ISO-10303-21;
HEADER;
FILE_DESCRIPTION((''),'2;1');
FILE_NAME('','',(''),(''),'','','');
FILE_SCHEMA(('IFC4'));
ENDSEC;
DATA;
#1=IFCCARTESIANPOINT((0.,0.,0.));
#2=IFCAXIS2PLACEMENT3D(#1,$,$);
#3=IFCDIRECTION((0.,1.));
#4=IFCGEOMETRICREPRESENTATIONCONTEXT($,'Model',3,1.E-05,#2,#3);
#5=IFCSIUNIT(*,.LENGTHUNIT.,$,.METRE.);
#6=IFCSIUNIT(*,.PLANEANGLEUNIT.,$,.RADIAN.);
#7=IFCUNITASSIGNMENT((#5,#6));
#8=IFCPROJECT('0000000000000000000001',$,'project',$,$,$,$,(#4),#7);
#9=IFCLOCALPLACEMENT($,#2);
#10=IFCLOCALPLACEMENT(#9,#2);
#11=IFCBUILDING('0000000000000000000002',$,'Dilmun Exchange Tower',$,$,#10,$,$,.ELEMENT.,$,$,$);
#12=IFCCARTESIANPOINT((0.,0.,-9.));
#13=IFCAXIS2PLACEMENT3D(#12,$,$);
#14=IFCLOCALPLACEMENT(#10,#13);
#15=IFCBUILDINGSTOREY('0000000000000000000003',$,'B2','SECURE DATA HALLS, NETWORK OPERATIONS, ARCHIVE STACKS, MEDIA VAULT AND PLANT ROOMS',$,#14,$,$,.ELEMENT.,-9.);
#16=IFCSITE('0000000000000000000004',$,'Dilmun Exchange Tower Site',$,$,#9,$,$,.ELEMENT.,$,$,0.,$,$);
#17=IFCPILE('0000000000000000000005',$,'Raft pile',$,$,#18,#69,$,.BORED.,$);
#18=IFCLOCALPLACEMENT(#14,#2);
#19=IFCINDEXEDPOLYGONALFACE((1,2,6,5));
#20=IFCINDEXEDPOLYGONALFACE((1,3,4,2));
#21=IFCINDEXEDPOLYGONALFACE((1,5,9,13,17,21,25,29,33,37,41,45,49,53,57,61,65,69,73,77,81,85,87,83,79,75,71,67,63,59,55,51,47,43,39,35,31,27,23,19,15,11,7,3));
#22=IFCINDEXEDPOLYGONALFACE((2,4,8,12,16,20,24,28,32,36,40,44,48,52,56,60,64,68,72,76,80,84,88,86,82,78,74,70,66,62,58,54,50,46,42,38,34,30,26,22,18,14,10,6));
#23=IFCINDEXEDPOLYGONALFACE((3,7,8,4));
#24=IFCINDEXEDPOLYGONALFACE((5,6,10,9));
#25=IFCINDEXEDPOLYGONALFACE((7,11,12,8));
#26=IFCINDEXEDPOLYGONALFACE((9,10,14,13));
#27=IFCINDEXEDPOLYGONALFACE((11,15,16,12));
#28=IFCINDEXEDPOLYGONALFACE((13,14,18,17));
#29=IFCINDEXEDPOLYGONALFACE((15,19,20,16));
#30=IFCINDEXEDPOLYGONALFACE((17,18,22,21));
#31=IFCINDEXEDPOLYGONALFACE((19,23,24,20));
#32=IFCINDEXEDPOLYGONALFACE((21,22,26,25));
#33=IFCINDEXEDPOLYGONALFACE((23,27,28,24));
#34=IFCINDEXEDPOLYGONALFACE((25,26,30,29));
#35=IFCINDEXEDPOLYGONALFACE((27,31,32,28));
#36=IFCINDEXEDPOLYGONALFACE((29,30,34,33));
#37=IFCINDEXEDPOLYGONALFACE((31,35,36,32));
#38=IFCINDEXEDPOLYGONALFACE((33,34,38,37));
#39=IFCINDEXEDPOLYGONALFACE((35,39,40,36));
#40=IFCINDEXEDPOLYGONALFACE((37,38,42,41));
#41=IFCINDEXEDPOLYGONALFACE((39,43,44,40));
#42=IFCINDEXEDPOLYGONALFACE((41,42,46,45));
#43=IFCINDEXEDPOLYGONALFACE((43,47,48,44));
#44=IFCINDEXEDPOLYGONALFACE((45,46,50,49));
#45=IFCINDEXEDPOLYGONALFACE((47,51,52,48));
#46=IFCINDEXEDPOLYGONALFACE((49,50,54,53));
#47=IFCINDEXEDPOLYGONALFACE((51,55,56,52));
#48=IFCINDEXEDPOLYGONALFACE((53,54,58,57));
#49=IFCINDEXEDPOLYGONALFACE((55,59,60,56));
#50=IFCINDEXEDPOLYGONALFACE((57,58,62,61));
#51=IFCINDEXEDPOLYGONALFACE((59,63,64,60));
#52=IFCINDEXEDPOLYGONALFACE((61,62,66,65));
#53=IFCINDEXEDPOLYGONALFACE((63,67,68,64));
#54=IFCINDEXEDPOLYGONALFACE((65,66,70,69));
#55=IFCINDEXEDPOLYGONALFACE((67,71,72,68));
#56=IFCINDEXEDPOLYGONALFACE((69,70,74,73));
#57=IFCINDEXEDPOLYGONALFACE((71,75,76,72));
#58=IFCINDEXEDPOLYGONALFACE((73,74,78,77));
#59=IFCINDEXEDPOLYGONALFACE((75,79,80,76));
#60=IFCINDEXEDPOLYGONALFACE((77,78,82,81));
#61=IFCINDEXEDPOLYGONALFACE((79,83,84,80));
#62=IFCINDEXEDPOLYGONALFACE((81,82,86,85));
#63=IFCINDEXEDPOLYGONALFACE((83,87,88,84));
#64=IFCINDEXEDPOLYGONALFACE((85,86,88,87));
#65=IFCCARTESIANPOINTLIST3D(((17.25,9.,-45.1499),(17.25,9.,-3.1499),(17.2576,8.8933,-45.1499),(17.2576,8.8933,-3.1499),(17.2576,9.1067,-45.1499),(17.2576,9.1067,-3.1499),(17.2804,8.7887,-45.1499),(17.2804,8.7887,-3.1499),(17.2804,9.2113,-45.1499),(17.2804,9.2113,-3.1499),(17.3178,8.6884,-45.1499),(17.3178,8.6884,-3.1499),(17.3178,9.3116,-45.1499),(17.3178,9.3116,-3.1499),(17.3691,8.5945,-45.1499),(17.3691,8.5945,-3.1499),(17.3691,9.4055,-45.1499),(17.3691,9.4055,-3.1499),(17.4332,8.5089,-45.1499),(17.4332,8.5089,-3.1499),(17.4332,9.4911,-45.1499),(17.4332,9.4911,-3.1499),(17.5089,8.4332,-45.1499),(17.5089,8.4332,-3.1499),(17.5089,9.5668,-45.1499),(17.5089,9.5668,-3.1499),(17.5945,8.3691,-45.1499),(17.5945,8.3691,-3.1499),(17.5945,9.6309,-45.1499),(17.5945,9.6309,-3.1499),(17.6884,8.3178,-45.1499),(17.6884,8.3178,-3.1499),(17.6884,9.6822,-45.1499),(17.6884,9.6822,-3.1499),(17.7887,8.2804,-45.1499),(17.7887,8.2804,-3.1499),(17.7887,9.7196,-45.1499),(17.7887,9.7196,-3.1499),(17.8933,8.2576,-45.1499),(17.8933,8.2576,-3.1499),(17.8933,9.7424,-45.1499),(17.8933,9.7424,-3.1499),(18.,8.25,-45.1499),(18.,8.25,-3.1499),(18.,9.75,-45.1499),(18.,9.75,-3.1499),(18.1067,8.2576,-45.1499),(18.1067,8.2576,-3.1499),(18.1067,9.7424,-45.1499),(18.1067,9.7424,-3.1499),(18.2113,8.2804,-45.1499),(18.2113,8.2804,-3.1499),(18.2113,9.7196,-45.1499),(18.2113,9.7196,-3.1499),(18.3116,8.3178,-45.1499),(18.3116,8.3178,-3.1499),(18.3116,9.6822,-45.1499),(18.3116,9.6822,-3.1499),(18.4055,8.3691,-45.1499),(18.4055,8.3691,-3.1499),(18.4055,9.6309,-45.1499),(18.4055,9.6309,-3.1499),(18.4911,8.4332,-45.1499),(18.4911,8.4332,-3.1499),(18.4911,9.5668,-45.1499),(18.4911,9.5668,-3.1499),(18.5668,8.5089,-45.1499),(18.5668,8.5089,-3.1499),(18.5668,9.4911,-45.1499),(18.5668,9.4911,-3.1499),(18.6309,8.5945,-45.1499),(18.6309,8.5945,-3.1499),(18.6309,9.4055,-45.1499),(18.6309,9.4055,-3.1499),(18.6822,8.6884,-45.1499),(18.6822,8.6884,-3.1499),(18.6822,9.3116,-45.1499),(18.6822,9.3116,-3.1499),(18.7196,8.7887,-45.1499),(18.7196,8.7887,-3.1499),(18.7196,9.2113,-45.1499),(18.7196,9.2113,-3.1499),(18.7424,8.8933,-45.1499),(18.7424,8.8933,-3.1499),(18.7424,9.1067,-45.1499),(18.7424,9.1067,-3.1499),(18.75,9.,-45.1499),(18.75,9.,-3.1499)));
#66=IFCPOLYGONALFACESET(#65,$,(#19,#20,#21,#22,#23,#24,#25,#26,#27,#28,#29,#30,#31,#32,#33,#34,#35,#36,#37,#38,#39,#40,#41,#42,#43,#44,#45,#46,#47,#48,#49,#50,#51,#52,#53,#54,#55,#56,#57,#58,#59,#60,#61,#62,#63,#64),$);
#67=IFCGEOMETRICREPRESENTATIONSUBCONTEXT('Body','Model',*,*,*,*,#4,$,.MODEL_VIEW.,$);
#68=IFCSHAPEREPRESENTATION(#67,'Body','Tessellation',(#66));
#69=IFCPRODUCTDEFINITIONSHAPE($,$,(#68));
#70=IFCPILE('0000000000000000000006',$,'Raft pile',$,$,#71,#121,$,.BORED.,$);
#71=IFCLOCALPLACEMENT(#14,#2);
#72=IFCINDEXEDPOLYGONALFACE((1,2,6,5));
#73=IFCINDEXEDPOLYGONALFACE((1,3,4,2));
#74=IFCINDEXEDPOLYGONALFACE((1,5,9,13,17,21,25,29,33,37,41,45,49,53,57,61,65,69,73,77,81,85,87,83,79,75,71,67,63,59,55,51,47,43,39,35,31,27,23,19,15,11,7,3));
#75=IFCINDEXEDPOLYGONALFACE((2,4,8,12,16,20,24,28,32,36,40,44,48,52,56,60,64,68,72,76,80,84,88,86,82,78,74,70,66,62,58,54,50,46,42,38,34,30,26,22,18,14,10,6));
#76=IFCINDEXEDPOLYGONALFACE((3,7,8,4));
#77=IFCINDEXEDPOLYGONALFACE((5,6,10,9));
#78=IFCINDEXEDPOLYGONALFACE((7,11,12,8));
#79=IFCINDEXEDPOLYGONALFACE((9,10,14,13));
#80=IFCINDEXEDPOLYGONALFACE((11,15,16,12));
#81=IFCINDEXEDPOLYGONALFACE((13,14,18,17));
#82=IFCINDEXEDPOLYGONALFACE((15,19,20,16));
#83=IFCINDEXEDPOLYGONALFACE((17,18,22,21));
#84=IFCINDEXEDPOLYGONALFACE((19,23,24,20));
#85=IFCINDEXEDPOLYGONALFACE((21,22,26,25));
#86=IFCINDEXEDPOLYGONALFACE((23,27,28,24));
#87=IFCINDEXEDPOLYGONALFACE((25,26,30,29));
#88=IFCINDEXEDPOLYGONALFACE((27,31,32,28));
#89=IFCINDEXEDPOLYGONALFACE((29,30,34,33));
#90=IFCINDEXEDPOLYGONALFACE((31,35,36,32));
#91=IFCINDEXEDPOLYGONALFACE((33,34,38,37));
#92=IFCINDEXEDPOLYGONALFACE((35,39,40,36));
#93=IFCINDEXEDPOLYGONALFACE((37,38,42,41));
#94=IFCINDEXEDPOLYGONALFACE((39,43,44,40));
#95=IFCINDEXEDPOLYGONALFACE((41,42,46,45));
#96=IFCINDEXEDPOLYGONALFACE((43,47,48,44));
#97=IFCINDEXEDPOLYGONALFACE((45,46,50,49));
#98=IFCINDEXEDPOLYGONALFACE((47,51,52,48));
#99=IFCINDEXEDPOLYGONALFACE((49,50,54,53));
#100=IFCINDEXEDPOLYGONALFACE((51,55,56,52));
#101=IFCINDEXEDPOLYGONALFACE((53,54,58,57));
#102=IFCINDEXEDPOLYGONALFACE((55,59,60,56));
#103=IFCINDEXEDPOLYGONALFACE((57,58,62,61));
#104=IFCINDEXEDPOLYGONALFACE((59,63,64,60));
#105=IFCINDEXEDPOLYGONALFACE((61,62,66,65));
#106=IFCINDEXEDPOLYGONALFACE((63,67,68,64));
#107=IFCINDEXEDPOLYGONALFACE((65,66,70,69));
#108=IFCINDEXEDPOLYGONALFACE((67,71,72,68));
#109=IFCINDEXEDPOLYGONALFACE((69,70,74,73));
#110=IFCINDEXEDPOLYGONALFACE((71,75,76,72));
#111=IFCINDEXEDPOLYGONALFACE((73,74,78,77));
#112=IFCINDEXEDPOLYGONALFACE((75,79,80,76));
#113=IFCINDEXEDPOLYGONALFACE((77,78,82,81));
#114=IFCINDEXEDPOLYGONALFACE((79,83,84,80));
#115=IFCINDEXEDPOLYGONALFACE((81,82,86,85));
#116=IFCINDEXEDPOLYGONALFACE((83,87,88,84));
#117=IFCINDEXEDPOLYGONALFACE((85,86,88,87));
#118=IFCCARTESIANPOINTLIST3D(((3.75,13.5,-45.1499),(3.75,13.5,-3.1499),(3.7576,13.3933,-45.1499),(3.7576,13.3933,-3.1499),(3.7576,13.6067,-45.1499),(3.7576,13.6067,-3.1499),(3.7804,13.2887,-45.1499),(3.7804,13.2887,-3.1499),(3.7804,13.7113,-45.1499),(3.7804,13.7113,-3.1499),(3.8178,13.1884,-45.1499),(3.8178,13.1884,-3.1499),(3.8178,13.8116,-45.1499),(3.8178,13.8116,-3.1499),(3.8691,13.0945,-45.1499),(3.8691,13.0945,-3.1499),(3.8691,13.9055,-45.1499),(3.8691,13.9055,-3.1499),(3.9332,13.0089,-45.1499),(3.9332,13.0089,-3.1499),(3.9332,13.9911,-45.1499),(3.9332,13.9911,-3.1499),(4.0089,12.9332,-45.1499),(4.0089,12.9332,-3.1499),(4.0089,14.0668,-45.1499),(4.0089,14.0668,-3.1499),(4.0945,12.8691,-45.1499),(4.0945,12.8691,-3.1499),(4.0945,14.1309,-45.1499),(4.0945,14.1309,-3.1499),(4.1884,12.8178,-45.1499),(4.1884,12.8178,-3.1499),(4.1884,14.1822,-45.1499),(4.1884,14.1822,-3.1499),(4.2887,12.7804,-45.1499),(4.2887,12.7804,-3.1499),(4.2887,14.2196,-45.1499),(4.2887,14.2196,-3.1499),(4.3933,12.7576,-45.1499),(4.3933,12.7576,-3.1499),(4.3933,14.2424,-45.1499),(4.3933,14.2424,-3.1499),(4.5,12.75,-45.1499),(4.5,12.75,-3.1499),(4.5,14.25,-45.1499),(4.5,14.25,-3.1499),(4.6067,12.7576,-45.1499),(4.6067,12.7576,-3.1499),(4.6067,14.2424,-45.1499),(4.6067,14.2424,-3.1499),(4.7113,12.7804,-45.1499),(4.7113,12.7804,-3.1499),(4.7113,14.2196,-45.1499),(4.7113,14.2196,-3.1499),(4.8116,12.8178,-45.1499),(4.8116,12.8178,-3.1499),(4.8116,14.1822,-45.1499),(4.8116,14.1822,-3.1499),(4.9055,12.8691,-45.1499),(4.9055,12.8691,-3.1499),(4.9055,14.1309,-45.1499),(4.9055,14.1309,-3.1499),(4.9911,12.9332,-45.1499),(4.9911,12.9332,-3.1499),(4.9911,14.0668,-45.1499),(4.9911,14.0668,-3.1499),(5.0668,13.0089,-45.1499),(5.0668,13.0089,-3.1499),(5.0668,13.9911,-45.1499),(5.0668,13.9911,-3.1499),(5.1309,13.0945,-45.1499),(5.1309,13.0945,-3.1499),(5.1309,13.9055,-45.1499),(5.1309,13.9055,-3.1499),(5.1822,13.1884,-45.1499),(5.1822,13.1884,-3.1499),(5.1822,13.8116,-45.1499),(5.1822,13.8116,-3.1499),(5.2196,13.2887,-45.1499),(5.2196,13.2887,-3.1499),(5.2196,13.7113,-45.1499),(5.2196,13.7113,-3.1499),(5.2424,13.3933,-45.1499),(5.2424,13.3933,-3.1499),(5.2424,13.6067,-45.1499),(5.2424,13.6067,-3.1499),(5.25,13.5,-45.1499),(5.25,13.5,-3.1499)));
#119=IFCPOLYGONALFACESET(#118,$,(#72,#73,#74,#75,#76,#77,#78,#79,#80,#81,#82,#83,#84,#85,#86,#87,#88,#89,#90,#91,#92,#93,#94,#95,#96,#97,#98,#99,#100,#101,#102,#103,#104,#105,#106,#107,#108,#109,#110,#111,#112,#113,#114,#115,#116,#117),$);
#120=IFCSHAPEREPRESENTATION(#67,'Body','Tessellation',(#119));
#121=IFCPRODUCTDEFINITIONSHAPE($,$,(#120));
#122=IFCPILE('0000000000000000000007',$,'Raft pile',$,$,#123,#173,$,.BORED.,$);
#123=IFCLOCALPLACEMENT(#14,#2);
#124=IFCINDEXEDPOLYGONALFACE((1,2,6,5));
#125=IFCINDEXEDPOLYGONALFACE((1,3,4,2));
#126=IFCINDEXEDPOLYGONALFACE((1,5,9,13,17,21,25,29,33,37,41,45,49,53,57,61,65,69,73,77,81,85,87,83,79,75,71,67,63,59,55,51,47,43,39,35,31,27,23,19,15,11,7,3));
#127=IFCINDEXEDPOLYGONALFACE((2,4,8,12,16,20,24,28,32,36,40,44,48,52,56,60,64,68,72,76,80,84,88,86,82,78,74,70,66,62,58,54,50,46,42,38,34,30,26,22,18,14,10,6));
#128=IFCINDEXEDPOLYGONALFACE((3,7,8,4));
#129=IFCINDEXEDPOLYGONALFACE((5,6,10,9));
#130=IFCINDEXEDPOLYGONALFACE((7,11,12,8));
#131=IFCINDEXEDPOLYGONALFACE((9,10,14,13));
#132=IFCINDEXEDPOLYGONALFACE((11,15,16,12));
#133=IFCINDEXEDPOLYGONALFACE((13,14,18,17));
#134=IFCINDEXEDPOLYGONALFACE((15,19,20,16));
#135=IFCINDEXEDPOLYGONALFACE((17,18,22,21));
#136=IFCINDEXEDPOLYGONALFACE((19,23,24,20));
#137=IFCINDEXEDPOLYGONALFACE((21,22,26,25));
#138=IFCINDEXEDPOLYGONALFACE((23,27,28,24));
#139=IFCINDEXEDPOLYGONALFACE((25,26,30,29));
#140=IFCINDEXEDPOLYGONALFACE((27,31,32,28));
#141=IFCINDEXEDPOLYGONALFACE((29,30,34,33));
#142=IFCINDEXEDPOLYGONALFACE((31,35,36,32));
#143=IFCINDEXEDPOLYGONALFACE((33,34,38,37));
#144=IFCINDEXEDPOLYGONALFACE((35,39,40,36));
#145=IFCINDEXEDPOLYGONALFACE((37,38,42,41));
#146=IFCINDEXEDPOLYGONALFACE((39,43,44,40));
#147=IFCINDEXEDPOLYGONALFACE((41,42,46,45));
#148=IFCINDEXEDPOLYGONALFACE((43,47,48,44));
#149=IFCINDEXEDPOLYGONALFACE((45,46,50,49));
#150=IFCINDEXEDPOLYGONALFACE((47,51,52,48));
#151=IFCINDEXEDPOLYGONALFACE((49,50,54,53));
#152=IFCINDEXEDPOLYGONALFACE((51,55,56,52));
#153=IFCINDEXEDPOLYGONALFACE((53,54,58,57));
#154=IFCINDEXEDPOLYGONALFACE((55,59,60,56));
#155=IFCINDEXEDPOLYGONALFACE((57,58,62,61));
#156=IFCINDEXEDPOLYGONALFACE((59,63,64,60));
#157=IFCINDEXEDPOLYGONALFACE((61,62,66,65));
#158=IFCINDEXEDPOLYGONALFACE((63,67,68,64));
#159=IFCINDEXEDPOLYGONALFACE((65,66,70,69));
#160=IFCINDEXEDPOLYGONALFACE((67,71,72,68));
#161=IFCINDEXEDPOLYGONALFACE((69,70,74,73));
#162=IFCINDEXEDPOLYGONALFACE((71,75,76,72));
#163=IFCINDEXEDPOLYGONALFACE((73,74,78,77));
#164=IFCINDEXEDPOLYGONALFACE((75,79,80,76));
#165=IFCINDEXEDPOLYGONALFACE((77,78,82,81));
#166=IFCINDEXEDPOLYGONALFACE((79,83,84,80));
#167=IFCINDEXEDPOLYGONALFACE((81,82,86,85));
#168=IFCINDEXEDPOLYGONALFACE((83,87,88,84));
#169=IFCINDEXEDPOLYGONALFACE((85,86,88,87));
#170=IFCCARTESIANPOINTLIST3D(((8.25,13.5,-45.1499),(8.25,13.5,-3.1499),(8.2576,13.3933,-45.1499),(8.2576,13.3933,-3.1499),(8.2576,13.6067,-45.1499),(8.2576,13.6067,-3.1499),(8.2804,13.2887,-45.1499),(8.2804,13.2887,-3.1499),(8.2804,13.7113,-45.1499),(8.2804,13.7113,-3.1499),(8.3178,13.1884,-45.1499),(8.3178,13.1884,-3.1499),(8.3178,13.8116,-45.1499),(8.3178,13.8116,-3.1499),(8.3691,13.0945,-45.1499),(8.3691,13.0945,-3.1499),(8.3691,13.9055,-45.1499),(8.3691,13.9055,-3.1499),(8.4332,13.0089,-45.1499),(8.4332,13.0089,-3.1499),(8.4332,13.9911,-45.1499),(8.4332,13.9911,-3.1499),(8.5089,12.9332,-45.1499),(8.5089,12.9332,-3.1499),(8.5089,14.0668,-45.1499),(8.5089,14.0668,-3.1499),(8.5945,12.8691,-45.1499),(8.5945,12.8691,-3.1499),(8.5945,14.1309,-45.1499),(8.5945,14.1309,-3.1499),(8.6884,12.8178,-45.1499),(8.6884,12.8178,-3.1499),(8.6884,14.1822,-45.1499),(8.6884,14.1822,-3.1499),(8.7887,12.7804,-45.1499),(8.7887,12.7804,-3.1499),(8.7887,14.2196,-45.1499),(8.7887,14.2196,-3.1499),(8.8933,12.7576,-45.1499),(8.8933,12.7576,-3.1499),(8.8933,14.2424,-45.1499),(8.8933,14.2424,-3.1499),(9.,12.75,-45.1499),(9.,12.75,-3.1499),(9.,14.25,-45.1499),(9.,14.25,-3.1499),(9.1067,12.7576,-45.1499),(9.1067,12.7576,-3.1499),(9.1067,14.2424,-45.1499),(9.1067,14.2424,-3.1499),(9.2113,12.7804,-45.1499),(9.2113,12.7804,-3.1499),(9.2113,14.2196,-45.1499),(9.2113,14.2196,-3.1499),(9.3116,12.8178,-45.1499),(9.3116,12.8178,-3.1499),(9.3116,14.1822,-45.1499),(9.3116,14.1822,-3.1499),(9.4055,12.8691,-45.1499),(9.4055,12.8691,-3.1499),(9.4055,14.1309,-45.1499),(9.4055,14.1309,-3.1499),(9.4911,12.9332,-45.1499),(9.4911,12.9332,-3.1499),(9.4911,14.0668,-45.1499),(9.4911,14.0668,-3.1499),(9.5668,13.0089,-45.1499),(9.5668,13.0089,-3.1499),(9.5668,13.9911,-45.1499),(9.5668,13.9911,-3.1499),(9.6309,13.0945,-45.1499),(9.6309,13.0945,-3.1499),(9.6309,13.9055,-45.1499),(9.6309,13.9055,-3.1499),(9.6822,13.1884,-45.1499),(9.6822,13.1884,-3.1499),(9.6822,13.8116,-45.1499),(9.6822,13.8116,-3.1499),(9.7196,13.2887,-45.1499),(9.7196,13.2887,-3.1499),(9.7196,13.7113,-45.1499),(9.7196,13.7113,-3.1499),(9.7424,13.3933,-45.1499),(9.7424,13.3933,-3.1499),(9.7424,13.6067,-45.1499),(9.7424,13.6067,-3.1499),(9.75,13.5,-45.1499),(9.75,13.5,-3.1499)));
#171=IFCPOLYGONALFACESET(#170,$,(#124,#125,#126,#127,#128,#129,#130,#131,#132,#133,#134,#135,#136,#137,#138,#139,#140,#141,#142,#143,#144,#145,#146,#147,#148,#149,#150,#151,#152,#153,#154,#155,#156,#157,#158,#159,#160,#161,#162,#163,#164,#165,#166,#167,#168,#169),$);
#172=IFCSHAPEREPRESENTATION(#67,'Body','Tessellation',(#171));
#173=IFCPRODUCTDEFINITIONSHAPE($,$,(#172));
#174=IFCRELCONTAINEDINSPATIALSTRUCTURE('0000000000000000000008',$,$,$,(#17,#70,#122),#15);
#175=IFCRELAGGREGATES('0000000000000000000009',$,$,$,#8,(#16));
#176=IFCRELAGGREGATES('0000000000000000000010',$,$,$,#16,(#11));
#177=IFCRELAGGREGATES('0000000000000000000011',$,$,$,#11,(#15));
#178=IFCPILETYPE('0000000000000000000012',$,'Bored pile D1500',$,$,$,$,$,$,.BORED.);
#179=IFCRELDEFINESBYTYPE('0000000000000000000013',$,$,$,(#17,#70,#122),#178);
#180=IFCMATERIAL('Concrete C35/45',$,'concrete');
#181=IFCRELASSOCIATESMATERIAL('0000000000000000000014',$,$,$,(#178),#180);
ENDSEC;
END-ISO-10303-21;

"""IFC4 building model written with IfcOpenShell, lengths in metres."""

from ifc_helpers import new_model, si_unit, direction, frame, origin, origin_2d, place, context, subcontext, project, spatial, circle, extrude, material, material_profile, profile_set, type_object, element, save


model = new_model("IFC4")

# Units and contexts
model_context = context("Model", 3, precision=1e-05, world=origin(), true_north=direction((0.0, 1.0)))
body_context = subcontext(model_context, "Body", "Model", "MODEL_VIEW")
ifc_project = project(units=[si_unit("LENGTHUNIT", "METRE"), si_unit("PLANEANGLEUNIT", "RADIAN")], contexts=[model_context])

# Site, building, storey
site_placement = place(None, origin())
site = spatial("IfcSite", under=ifc_project, at=site_placement, Name="Dilmun Exchange Tower Site", CompositionType="ELEMENT", RefElevation=0.0)
building_placement = place(site_placement, origin())
building = spatial("IfcBuilding", under=site, at=building_placement, Name="Dilmun Exchange Tower", CompositionType="ELEMENT")
storey_placement = place(building_placement, frame((0.0, 0.0, -9.0)))
storey = spatial("IfcBuildingStorey", under=building, at=storey_placement, Name="B2", Description="SECURE DATA HALLS, NETWORK OPERATIONS, ARCHIVE STACKS, MEDIA VAULT AND PLANT ROOMS", CompositionType="ELEMENT", Elevation=-9.0)

# Piles
ifc_material_1 = material(Name="Concrete C35/45", Category="concrete")
ifc_material_profile_1 = material_profile(ifc_material_1, circle(Radius=0.75, at=origin_2d()), Name="D1500")
ifc_profile_set_1 = profile_set([ifc_material_profile_1], Name="Concrete C35/45")
pile_type = type_object("IfcPileType", Name="Bored pile D1500", PredefinedType="BORED", material=ifc_profile_set_1)
for number, where, z_axis, x_axis, name in (
    (1, (18.0, 9.0, -3.1499), (0.0, 0.0, -1.0), (1.0, 0.0, 0.0), "Raft pile"),
    (2, (4.5, 13.5, -3.1499), (0.0, 0.0, -1.0), (1.0, 0.0, 0.0), "Raft pile"),
    (3, (9.0, 13.5, -3.1499), (0.0, 0.0, -1.0), (1.0, 0.0, 0.0), "Raft pile"),
):
    element("IfcPile", number, at=place(storey_placement, frame(where, z_axis=z_axis, x_axis=x_axis)), inside=storey, type_object=pile_type, Name=name, PredefinedType="BORED", context=body_context, shape_type="SweptSolid", body=[
        extrude(circle(Radius=0.75, at=origin_2d()), origin(), (0.0, 0.0, 1.0), 42.0),
    ])

save(model, "model.ifc")
